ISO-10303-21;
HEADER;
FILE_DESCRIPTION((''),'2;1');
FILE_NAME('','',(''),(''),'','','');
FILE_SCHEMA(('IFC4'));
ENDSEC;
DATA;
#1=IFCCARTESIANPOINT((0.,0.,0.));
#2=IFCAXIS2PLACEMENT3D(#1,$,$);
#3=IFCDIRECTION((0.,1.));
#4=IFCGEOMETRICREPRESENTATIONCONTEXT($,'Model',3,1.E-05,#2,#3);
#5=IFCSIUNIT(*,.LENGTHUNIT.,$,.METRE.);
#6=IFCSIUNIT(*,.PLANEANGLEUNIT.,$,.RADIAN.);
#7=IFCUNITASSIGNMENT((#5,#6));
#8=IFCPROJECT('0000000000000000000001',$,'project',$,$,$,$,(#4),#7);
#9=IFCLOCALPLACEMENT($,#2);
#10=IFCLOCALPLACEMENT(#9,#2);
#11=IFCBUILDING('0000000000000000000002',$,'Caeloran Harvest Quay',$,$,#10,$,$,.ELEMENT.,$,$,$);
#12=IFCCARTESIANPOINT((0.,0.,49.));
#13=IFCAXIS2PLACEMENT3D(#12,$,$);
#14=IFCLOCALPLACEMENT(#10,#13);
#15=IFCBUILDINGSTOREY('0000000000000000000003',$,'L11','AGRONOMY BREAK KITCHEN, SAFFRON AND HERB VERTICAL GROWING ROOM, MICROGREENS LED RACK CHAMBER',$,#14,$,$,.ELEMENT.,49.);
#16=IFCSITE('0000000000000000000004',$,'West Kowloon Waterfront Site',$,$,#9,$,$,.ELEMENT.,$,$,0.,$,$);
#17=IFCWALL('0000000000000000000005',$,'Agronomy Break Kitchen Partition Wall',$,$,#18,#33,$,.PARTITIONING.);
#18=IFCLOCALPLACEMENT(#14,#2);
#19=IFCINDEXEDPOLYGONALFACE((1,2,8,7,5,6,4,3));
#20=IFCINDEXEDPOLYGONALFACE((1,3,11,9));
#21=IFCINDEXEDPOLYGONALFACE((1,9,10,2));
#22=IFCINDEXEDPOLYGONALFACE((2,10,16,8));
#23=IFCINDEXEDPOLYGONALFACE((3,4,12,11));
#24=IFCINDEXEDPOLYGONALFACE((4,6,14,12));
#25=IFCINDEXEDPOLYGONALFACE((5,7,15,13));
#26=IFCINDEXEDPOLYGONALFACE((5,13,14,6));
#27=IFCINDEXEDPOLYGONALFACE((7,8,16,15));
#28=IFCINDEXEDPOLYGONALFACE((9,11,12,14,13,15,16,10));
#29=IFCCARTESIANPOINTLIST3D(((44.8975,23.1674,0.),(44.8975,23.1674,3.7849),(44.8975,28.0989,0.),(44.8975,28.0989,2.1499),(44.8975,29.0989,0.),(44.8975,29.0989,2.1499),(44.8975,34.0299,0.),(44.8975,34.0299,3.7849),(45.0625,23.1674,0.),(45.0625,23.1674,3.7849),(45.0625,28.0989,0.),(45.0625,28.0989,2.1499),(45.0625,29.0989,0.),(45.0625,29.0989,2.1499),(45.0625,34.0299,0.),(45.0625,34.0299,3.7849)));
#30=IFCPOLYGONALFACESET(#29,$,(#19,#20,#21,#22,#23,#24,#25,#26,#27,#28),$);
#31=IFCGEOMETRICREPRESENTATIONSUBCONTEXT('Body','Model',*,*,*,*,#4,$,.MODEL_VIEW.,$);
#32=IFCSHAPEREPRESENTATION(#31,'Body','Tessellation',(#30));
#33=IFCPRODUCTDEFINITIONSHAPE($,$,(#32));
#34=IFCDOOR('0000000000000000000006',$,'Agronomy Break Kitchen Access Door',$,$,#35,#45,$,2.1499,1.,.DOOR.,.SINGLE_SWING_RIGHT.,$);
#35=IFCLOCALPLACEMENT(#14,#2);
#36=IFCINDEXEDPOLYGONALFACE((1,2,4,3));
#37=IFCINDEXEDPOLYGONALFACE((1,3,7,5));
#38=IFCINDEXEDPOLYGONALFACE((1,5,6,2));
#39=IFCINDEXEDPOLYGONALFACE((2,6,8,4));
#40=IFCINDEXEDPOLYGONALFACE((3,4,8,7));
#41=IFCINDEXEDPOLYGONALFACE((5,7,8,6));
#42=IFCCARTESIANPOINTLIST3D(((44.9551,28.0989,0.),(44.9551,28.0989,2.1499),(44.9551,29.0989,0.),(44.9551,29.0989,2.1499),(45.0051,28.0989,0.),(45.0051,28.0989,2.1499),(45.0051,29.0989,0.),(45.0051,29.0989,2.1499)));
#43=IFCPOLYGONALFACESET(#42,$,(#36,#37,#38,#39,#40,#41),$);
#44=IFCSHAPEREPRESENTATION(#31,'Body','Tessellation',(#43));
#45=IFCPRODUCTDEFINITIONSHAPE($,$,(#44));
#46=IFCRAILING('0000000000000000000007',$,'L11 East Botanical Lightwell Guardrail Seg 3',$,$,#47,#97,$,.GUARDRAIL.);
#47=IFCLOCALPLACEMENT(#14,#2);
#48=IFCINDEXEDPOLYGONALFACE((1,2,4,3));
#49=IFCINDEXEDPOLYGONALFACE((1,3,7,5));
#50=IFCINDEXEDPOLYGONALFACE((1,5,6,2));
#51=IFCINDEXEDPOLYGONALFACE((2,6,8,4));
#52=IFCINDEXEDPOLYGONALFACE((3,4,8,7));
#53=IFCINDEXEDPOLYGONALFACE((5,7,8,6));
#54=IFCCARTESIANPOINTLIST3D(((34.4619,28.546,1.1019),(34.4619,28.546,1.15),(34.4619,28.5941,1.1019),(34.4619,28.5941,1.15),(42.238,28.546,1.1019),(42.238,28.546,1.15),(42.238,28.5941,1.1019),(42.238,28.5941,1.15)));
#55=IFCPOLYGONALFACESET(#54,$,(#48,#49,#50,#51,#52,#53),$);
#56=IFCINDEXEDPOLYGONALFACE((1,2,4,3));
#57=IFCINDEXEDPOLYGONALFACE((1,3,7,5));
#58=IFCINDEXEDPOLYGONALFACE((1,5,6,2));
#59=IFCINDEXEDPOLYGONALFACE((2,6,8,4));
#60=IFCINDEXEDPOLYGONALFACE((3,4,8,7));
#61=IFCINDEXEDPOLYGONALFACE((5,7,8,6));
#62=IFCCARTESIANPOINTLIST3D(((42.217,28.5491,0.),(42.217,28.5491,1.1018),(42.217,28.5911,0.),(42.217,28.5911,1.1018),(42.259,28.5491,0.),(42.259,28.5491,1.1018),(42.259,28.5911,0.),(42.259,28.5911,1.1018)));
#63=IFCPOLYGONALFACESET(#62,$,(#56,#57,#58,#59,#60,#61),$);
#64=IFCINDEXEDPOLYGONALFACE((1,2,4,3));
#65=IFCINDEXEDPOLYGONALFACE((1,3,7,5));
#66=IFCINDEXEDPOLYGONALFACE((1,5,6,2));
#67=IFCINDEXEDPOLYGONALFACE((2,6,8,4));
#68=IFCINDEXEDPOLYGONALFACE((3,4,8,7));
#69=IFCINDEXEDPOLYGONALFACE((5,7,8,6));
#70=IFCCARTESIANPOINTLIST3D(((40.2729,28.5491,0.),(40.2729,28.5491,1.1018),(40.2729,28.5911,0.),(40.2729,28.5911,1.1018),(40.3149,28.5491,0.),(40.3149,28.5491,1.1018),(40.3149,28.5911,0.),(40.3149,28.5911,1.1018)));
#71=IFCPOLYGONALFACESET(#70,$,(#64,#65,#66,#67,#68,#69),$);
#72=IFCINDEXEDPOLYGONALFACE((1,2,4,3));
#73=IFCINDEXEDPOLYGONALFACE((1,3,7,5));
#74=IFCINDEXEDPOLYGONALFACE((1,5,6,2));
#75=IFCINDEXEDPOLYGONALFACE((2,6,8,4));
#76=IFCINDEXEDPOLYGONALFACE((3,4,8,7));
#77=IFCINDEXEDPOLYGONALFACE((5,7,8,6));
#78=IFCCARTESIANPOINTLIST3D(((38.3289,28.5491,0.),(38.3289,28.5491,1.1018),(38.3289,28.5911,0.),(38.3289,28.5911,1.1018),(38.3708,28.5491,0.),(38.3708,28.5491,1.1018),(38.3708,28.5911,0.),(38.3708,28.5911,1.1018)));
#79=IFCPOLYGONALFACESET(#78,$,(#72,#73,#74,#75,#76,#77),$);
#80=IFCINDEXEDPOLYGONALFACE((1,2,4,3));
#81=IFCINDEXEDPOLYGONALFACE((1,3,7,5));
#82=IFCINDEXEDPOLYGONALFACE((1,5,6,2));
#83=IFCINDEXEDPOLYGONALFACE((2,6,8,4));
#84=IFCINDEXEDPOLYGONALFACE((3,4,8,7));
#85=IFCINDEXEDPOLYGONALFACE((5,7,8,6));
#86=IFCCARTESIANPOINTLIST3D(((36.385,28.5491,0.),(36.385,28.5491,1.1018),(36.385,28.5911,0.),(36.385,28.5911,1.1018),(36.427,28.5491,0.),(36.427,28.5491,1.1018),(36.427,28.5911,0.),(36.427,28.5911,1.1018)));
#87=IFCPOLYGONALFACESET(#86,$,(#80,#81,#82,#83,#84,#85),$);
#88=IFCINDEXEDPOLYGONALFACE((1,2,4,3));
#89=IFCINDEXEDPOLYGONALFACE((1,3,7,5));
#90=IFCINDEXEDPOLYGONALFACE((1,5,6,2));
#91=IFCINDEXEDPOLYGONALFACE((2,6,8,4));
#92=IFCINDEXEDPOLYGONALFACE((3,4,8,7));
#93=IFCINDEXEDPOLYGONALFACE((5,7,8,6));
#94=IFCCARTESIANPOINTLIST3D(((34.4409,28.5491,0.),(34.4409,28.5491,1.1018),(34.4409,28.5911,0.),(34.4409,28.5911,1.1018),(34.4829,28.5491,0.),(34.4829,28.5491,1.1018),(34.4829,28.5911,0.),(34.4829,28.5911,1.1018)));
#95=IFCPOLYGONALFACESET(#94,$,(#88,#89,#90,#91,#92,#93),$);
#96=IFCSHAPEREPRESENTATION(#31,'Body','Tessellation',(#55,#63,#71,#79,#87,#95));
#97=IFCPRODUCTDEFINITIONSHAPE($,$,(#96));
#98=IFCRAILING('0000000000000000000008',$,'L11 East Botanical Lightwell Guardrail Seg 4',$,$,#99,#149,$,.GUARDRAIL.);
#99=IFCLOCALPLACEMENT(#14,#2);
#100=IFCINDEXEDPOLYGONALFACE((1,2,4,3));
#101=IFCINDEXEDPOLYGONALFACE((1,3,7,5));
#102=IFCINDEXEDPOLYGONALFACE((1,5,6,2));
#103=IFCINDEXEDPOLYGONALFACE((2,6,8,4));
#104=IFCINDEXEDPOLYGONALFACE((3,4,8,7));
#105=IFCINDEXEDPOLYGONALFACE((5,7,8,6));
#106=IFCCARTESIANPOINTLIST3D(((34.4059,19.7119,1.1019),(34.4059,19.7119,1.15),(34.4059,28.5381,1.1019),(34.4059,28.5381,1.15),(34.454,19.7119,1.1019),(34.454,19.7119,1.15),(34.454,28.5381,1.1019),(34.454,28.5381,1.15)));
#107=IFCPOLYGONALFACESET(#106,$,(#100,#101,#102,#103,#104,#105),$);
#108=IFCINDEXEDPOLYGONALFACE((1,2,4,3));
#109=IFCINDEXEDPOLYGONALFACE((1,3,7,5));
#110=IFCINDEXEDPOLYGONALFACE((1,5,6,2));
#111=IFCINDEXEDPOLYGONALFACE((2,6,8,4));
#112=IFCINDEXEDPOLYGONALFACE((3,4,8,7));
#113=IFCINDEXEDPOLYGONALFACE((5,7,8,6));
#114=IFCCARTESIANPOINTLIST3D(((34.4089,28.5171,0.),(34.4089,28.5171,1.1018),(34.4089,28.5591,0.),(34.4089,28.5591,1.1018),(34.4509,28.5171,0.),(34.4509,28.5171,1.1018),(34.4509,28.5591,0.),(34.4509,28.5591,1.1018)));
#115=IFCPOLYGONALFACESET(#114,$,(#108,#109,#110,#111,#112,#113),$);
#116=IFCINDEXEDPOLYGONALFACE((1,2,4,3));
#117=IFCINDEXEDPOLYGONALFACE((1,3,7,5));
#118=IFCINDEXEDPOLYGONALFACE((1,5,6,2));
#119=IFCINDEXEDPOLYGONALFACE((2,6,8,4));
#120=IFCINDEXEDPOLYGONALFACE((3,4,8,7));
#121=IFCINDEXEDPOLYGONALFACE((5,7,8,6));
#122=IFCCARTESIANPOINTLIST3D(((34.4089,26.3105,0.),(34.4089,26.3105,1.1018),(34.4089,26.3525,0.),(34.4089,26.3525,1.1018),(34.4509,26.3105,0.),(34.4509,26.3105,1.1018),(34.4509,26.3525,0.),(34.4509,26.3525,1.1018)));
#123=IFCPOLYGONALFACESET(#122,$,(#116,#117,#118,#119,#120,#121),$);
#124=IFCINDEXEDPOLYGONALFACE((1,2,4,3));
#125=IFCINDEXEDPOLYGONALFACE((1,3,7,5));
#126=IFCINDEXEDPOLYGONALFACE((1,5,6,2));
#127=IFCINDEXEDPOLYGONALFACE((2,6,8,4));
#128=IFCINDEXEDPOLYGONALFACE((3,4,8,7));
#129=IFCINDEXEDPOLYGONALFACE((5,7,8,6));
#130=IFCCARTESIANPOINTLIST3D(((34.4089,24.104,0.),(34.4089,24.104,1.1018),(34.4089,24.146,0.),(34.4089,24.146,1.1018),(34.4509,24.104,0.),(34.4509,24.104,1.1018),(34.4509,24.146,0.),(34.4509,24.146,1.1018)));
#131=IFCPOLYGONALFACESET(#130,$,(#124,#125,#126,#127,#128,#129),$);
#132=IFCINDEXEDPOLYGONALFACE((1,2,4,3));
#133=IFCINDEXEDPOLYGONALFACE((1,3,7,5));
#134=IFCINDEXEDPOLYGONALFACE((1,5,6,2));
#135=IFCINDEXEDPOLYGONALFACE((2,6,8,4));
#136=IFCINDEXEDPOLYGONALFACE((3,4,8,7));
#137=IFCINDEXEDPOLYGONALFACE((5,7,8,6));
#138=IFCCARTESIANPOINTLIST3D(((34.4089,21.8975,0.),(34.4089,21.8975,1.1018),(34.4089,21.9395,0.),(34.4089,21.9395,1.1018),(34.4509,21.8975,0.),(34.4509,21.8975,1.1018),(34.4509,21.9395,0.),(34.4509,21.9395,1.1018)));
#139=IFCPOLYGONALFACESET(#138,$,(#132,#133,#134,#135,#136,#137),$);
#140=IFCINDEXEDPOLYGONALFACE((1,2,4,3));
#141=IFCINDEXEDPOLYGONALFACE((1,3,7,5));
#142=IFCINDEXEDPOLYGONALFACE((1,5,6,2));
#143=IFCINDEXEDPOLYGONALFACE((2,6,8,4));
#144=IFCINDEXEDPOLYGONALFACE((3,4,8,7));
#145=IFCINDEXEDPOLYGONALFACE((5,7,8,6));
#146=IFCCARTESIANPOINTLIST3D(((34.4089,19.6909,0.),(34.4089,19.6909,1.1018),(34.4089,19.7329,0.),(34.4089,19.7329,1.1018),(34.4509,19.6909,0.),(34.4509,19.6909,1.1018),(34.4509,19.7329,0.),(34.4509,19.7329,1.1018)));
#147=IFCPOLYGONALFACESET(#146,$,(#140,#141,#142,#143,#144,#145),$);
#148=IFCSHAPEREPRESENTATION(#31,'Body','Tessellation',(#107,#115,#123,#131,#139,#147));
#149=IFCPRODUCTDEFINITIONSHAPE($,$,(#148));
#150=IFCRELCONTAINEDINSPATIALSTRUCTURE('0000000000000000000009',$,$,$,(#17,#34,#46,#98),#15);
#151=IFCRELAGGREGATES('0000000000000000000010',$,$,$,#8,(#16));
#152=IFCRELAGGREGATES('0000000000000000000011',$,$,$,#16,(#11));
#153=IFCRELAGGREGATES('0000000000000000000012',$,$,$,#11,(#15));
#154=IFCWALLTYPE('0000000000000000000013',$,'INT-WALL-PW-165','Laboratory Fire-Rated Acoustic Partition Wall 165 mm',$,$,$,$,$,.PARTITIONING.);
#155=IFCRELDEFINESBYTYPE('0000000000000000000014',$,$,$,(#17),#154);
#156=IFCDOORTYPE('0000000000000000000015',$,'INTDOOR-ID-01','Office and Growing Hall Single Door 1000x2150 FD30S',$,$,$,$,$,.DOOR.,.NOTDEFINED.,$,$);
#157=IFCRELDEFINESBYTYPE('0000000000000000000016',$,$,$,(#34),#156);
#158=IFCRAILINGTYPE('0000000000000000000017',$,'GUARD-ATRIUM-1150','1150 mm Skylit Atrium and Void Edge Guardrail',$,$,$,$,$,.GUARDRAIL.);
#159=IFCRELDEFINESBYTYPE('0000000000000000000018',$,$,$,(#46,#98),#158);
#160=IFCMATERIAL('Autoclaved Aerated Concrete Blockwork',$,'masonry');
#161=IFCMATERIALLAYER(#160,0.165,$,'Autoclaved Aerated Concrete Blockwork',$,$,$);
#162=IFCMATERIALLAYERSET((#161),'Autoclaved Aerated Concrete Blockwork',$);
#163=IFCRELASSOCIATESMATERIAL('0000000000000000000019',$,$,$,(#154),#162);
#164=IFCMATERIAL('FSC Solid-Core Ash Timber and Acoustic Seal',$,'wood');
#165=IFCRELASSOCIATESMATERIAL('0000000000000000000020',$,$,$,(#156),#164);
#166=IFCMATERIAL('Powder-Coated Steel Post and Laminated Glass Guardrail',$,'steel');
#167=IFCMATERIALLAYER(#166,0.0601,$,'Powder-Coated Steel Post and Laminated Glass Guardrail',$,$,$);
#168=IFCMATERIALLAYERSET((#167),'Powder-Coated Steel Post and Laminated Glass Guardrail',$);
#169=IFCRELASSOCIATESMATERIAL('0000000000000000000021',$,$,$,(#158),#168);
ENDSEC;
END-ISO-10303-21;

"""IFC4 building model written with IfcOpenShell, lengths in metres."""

from ifc_helpers import new_model, si_unit, direction, frame, frame_2d, origin, origin_2d, place, context, subcontext, project, spatial, rectangle, extrude, material, layer, layer_set, type_object, element, fill, save


model = new_model("IFC4")

# Units and contexts
model_context = context("Model", 3, precision=1e-05, world=origin(), true_north=direction((0.0, 1.0)))
body_context = subcontext(model_context, "Body", "Model", "MODEL_VIEW")
ifc_project = project(units=[si_unit("LENGTHUNIT", "METRE"), si_unit("PLANEANGLEUNIT", "RADIAN")], contexts=[model_context])

# Site, building, storey
site_placement = place(None, origin())
site = spatial("IfcSite", under=ifc_project, at=site_placement, Name="West Kowloon Waterfront Site", CompositionType="ELEMENT", RefElevation=0.0)
building_placement = place(site_placement, origin())
building = spatial("IfcBuilding", under=site, at=building_placement, Name="Caeloran Harvest Quay", CompositionType="ELEMENT")
storey_placement = place(building_placement, frame((0.0, 0.0, 49.0)))
storey = spatial("IfcBuildingStorey", under=building, at=storey_placement, Name="L11", Description="AGRONOMY BREAK KITCHEN, SAFFRON AND HERB VERTICAL GROWING ROOM, MICROGREENS LED RACK CHAMBER", CompositionType="ELEMENT", Elevation=49.0)

# Shared definitions
ifc_material_1 = material(Name="Autoclaved Aerated Concrete Blockwork", Category="masonry")
ifc_layer_1 = layer(ifc_material_1, 0.165, Name="Autoclaved Aerated Concrete Blockwork")
ifc_layer_set_1 = layer_set([ifc_layer_1], Name="Autoclaved Aerated Concrete Blockwork")
wall_type = type_object("IfcWallType", Name="INT-WALL-PW-165", Description="Laboratory Fire-Rated Acoustic Partition Wall 165 mm", PredefinedType="PARTITIONING", material=ifc_layer_set_1)

# Wall, opening, door
wall_1_placement = place(storey_placement, frame((44.98, 23.1675, 0.0), z_axis=(0.0, 0.0, 1.0), x_axis=(0.0, 1.0, 0.0)))
wall_1 = element("IfcWall", 1, at=wall_1_placement, inside=storey, type_object=wall_type, Name="Agronomy Break Kitchen Partition Wall", PredefinedType="PARTITIONING", context=body_context, shape_type="SweptSolid", body=[
    extrude(rectangle(XDim=10.8625, YDim=0.165, at=frame_2d((5.4312, 0.0))), origin(), (0.0, 0.0, 1.0), 3.7849),
])
opening_placement = place(wall_1_placement, frame((4.9314, 0.0, 0.0)))
opening = element("IfcOpeningElement", 2, at=opening_placement, cuts=wall_1, PredefinedType="OPENING", context=body_context, shape_type="SweptSolid", body=[
    extrude(rectangle(XDim=1.0, YDim=2.1499, at=frame_2d((0.5, 1.075))), frame((0.0, 0.0925, 0.0), z_axis=(0.0, -1.0, 0.0), x_axis=(1.0, 0.0, 0.0)), (0.0, 0.0, 1.0), 0.1851),
])
ifc_material_2 = material(Name="FSC Solid-Core Ash Timber and Acoustic Seal", Category="wood")
door_type = type_object("IfcDoorType", Name="INTDOOR-ID-01", Description="Office and Growing Hall Single Door 1000x2150 FD30S", OperationType="NOTDEFINED", PredefinedType="DOOR", material=ifc_material_2)
door_placement = place(opening_placement, origin())
door = element("IfcDoor", 3, at=door_placement, inside=storey, type_object=door_type, Name="Agronomy Break Kitchen Access Door", OperationType="SINGLE_SWING_RIGHT", OverallHeight=2.1499, OverallWidth=1.0, PredefinedType="DOOR", context=body_context, shape_type="SweptSolid", body=[
    extrude(rectangle(XDim=1.0, YDim=2.1499, at=frame_2d((0.5, 1.075))), frame((0.0, 0.0249, 0.0), z_axis=(0.0, -1.0, 0.0), x_axis=(1.0, 0.0, 0.0)), (0.0, 0.0, 1.0), 0.05),
])
fill(opening, door)

# Railings
ifc_material_3 = material(Name="Powder-Coated Steel Post and Laminated Glass Guardrail", Category="steel")
ifc_layer_2 = layer(ifc_material_3, 0.0601, Name="Powder-Coated Steel Post and Laminated Glass Guardrail")
ifc_layer_set_2 = layer_set([ifc_layer_2], Name="Powder-Coated Steel Post and Laminated Glass Guardrail")
railing_type = type_object("IfcRailingType", Name="GUARD-ATRIUM-1150", Description="1150 mm Skylit Atrium and Void Edge Guardrail", PredefinedType="GUARDRAIL", material=ifc_layer_set_2)
railing_1_placement = place(storey_placement, frame((42.238, 28.5701, 0.0)))
element("IfcRailing", 4, at=railing_1_placement, inside=storey, type_object=railing_type, Name="L11 East Botanical Lightwell Guardrail Seg 3", PredefinedType="GUARDRAIL", context=body_context, shape_type="SweptSolid", body=[
    extrude(rectangle(XDim=0.0481, YDim=0.0481, at=origin_2d()), frame((0.0, 0.0, 1.126), z_axis=(-1.0, 0.0, 0.0), x_axis=(0.0, -1.0, 0.0)), (0.0, 0.0, 1.0), 7.7761),
    extrude(rectangle(XDim=0.042, YDim=0.042, at=origin_2d()), origin(), (0.0, 0.0, 1.0), 1.1018),
    extrude(rectangle(XDim=0.042, YDim=0.042, at=origin_2d()), frame((-1.9441, 0.0, 0.0)), (0.0, 0.0, 1.0), 1.1018),
    extrude(rectangle(XDim=0.042, YDim=0.042, at=origin_2d()), frame((-3.8882, 0.0, 0.0)), (0.0, 0.0, 1.0), 1.1018),
    extrude(rectangle(XDim=0.042, YDim=0.042, at=origin_2d()), frame((-5.832, 0.0, 0.0)), (0.0, 0.0, 1.0), 1.1018),
    extrude(rectangle(XDim=0.042, YDim=0.042, at=origin_2d()), frame((-7.7761, 0.0, 0.0)), (0.0, 0.0, 1.0), 1.1018),
])
railing_2_placement = place(storey_placement, frame((34.4299, 28.5381, 0.0)))
element("IfcRailing", 5, at=railing_2_placement, inside=storey, type_object=railing_type, Name="L11 East Botanical Lightwell Guardrail Seg 4", PredefinedType="GUARDRAIL", context=body_context, shape_type="SweptSolid", body=[
    extrude(rectangle(XDim=0.0481, YDim=0.0481, at=origin_2d()), frame((0.0, 0.0, 1.126), z_axis=(0.0, -1.0, 0.0), x_axis=(1.0, 0.0, 0.0)), (0.0, 0.0, 1.0), 8.8262),
    extrude(rectangle(XDim=0.042, YDim=0.042, at=origin_2d()), origin(), (0.0, 0.0, 1.0), 1.1018),
    extrude(rectangle(XDim=0.042, YDim=0.042, at=origin_2d()), frame((0.0, -2.2065, 0.0)), (0.0, 0.0, 1.0), 1.1018),
    extrude(rectangle(XDim=0.042, YDim=0.042, at=origin_2d()), frame((0.0, -4.4131, 0.0)), (0.0, 0.0, 1.0), 1.1018),
    extrude(rectangle(XDim=0.042, YDim=0.042, at=origin_2d()), frame((0.0, -6.6196, 0.0)), (0.0, 0.0, 1.0), 1.1018),
    extrude(rectangle(XDim=0.042, YDim=0.042, at=origin_2d()), frame((0.0, -8.8262, 0.0)), (0.0, 0.0, 1.0), 1.1018),
])

save(model, "model.ifc")
